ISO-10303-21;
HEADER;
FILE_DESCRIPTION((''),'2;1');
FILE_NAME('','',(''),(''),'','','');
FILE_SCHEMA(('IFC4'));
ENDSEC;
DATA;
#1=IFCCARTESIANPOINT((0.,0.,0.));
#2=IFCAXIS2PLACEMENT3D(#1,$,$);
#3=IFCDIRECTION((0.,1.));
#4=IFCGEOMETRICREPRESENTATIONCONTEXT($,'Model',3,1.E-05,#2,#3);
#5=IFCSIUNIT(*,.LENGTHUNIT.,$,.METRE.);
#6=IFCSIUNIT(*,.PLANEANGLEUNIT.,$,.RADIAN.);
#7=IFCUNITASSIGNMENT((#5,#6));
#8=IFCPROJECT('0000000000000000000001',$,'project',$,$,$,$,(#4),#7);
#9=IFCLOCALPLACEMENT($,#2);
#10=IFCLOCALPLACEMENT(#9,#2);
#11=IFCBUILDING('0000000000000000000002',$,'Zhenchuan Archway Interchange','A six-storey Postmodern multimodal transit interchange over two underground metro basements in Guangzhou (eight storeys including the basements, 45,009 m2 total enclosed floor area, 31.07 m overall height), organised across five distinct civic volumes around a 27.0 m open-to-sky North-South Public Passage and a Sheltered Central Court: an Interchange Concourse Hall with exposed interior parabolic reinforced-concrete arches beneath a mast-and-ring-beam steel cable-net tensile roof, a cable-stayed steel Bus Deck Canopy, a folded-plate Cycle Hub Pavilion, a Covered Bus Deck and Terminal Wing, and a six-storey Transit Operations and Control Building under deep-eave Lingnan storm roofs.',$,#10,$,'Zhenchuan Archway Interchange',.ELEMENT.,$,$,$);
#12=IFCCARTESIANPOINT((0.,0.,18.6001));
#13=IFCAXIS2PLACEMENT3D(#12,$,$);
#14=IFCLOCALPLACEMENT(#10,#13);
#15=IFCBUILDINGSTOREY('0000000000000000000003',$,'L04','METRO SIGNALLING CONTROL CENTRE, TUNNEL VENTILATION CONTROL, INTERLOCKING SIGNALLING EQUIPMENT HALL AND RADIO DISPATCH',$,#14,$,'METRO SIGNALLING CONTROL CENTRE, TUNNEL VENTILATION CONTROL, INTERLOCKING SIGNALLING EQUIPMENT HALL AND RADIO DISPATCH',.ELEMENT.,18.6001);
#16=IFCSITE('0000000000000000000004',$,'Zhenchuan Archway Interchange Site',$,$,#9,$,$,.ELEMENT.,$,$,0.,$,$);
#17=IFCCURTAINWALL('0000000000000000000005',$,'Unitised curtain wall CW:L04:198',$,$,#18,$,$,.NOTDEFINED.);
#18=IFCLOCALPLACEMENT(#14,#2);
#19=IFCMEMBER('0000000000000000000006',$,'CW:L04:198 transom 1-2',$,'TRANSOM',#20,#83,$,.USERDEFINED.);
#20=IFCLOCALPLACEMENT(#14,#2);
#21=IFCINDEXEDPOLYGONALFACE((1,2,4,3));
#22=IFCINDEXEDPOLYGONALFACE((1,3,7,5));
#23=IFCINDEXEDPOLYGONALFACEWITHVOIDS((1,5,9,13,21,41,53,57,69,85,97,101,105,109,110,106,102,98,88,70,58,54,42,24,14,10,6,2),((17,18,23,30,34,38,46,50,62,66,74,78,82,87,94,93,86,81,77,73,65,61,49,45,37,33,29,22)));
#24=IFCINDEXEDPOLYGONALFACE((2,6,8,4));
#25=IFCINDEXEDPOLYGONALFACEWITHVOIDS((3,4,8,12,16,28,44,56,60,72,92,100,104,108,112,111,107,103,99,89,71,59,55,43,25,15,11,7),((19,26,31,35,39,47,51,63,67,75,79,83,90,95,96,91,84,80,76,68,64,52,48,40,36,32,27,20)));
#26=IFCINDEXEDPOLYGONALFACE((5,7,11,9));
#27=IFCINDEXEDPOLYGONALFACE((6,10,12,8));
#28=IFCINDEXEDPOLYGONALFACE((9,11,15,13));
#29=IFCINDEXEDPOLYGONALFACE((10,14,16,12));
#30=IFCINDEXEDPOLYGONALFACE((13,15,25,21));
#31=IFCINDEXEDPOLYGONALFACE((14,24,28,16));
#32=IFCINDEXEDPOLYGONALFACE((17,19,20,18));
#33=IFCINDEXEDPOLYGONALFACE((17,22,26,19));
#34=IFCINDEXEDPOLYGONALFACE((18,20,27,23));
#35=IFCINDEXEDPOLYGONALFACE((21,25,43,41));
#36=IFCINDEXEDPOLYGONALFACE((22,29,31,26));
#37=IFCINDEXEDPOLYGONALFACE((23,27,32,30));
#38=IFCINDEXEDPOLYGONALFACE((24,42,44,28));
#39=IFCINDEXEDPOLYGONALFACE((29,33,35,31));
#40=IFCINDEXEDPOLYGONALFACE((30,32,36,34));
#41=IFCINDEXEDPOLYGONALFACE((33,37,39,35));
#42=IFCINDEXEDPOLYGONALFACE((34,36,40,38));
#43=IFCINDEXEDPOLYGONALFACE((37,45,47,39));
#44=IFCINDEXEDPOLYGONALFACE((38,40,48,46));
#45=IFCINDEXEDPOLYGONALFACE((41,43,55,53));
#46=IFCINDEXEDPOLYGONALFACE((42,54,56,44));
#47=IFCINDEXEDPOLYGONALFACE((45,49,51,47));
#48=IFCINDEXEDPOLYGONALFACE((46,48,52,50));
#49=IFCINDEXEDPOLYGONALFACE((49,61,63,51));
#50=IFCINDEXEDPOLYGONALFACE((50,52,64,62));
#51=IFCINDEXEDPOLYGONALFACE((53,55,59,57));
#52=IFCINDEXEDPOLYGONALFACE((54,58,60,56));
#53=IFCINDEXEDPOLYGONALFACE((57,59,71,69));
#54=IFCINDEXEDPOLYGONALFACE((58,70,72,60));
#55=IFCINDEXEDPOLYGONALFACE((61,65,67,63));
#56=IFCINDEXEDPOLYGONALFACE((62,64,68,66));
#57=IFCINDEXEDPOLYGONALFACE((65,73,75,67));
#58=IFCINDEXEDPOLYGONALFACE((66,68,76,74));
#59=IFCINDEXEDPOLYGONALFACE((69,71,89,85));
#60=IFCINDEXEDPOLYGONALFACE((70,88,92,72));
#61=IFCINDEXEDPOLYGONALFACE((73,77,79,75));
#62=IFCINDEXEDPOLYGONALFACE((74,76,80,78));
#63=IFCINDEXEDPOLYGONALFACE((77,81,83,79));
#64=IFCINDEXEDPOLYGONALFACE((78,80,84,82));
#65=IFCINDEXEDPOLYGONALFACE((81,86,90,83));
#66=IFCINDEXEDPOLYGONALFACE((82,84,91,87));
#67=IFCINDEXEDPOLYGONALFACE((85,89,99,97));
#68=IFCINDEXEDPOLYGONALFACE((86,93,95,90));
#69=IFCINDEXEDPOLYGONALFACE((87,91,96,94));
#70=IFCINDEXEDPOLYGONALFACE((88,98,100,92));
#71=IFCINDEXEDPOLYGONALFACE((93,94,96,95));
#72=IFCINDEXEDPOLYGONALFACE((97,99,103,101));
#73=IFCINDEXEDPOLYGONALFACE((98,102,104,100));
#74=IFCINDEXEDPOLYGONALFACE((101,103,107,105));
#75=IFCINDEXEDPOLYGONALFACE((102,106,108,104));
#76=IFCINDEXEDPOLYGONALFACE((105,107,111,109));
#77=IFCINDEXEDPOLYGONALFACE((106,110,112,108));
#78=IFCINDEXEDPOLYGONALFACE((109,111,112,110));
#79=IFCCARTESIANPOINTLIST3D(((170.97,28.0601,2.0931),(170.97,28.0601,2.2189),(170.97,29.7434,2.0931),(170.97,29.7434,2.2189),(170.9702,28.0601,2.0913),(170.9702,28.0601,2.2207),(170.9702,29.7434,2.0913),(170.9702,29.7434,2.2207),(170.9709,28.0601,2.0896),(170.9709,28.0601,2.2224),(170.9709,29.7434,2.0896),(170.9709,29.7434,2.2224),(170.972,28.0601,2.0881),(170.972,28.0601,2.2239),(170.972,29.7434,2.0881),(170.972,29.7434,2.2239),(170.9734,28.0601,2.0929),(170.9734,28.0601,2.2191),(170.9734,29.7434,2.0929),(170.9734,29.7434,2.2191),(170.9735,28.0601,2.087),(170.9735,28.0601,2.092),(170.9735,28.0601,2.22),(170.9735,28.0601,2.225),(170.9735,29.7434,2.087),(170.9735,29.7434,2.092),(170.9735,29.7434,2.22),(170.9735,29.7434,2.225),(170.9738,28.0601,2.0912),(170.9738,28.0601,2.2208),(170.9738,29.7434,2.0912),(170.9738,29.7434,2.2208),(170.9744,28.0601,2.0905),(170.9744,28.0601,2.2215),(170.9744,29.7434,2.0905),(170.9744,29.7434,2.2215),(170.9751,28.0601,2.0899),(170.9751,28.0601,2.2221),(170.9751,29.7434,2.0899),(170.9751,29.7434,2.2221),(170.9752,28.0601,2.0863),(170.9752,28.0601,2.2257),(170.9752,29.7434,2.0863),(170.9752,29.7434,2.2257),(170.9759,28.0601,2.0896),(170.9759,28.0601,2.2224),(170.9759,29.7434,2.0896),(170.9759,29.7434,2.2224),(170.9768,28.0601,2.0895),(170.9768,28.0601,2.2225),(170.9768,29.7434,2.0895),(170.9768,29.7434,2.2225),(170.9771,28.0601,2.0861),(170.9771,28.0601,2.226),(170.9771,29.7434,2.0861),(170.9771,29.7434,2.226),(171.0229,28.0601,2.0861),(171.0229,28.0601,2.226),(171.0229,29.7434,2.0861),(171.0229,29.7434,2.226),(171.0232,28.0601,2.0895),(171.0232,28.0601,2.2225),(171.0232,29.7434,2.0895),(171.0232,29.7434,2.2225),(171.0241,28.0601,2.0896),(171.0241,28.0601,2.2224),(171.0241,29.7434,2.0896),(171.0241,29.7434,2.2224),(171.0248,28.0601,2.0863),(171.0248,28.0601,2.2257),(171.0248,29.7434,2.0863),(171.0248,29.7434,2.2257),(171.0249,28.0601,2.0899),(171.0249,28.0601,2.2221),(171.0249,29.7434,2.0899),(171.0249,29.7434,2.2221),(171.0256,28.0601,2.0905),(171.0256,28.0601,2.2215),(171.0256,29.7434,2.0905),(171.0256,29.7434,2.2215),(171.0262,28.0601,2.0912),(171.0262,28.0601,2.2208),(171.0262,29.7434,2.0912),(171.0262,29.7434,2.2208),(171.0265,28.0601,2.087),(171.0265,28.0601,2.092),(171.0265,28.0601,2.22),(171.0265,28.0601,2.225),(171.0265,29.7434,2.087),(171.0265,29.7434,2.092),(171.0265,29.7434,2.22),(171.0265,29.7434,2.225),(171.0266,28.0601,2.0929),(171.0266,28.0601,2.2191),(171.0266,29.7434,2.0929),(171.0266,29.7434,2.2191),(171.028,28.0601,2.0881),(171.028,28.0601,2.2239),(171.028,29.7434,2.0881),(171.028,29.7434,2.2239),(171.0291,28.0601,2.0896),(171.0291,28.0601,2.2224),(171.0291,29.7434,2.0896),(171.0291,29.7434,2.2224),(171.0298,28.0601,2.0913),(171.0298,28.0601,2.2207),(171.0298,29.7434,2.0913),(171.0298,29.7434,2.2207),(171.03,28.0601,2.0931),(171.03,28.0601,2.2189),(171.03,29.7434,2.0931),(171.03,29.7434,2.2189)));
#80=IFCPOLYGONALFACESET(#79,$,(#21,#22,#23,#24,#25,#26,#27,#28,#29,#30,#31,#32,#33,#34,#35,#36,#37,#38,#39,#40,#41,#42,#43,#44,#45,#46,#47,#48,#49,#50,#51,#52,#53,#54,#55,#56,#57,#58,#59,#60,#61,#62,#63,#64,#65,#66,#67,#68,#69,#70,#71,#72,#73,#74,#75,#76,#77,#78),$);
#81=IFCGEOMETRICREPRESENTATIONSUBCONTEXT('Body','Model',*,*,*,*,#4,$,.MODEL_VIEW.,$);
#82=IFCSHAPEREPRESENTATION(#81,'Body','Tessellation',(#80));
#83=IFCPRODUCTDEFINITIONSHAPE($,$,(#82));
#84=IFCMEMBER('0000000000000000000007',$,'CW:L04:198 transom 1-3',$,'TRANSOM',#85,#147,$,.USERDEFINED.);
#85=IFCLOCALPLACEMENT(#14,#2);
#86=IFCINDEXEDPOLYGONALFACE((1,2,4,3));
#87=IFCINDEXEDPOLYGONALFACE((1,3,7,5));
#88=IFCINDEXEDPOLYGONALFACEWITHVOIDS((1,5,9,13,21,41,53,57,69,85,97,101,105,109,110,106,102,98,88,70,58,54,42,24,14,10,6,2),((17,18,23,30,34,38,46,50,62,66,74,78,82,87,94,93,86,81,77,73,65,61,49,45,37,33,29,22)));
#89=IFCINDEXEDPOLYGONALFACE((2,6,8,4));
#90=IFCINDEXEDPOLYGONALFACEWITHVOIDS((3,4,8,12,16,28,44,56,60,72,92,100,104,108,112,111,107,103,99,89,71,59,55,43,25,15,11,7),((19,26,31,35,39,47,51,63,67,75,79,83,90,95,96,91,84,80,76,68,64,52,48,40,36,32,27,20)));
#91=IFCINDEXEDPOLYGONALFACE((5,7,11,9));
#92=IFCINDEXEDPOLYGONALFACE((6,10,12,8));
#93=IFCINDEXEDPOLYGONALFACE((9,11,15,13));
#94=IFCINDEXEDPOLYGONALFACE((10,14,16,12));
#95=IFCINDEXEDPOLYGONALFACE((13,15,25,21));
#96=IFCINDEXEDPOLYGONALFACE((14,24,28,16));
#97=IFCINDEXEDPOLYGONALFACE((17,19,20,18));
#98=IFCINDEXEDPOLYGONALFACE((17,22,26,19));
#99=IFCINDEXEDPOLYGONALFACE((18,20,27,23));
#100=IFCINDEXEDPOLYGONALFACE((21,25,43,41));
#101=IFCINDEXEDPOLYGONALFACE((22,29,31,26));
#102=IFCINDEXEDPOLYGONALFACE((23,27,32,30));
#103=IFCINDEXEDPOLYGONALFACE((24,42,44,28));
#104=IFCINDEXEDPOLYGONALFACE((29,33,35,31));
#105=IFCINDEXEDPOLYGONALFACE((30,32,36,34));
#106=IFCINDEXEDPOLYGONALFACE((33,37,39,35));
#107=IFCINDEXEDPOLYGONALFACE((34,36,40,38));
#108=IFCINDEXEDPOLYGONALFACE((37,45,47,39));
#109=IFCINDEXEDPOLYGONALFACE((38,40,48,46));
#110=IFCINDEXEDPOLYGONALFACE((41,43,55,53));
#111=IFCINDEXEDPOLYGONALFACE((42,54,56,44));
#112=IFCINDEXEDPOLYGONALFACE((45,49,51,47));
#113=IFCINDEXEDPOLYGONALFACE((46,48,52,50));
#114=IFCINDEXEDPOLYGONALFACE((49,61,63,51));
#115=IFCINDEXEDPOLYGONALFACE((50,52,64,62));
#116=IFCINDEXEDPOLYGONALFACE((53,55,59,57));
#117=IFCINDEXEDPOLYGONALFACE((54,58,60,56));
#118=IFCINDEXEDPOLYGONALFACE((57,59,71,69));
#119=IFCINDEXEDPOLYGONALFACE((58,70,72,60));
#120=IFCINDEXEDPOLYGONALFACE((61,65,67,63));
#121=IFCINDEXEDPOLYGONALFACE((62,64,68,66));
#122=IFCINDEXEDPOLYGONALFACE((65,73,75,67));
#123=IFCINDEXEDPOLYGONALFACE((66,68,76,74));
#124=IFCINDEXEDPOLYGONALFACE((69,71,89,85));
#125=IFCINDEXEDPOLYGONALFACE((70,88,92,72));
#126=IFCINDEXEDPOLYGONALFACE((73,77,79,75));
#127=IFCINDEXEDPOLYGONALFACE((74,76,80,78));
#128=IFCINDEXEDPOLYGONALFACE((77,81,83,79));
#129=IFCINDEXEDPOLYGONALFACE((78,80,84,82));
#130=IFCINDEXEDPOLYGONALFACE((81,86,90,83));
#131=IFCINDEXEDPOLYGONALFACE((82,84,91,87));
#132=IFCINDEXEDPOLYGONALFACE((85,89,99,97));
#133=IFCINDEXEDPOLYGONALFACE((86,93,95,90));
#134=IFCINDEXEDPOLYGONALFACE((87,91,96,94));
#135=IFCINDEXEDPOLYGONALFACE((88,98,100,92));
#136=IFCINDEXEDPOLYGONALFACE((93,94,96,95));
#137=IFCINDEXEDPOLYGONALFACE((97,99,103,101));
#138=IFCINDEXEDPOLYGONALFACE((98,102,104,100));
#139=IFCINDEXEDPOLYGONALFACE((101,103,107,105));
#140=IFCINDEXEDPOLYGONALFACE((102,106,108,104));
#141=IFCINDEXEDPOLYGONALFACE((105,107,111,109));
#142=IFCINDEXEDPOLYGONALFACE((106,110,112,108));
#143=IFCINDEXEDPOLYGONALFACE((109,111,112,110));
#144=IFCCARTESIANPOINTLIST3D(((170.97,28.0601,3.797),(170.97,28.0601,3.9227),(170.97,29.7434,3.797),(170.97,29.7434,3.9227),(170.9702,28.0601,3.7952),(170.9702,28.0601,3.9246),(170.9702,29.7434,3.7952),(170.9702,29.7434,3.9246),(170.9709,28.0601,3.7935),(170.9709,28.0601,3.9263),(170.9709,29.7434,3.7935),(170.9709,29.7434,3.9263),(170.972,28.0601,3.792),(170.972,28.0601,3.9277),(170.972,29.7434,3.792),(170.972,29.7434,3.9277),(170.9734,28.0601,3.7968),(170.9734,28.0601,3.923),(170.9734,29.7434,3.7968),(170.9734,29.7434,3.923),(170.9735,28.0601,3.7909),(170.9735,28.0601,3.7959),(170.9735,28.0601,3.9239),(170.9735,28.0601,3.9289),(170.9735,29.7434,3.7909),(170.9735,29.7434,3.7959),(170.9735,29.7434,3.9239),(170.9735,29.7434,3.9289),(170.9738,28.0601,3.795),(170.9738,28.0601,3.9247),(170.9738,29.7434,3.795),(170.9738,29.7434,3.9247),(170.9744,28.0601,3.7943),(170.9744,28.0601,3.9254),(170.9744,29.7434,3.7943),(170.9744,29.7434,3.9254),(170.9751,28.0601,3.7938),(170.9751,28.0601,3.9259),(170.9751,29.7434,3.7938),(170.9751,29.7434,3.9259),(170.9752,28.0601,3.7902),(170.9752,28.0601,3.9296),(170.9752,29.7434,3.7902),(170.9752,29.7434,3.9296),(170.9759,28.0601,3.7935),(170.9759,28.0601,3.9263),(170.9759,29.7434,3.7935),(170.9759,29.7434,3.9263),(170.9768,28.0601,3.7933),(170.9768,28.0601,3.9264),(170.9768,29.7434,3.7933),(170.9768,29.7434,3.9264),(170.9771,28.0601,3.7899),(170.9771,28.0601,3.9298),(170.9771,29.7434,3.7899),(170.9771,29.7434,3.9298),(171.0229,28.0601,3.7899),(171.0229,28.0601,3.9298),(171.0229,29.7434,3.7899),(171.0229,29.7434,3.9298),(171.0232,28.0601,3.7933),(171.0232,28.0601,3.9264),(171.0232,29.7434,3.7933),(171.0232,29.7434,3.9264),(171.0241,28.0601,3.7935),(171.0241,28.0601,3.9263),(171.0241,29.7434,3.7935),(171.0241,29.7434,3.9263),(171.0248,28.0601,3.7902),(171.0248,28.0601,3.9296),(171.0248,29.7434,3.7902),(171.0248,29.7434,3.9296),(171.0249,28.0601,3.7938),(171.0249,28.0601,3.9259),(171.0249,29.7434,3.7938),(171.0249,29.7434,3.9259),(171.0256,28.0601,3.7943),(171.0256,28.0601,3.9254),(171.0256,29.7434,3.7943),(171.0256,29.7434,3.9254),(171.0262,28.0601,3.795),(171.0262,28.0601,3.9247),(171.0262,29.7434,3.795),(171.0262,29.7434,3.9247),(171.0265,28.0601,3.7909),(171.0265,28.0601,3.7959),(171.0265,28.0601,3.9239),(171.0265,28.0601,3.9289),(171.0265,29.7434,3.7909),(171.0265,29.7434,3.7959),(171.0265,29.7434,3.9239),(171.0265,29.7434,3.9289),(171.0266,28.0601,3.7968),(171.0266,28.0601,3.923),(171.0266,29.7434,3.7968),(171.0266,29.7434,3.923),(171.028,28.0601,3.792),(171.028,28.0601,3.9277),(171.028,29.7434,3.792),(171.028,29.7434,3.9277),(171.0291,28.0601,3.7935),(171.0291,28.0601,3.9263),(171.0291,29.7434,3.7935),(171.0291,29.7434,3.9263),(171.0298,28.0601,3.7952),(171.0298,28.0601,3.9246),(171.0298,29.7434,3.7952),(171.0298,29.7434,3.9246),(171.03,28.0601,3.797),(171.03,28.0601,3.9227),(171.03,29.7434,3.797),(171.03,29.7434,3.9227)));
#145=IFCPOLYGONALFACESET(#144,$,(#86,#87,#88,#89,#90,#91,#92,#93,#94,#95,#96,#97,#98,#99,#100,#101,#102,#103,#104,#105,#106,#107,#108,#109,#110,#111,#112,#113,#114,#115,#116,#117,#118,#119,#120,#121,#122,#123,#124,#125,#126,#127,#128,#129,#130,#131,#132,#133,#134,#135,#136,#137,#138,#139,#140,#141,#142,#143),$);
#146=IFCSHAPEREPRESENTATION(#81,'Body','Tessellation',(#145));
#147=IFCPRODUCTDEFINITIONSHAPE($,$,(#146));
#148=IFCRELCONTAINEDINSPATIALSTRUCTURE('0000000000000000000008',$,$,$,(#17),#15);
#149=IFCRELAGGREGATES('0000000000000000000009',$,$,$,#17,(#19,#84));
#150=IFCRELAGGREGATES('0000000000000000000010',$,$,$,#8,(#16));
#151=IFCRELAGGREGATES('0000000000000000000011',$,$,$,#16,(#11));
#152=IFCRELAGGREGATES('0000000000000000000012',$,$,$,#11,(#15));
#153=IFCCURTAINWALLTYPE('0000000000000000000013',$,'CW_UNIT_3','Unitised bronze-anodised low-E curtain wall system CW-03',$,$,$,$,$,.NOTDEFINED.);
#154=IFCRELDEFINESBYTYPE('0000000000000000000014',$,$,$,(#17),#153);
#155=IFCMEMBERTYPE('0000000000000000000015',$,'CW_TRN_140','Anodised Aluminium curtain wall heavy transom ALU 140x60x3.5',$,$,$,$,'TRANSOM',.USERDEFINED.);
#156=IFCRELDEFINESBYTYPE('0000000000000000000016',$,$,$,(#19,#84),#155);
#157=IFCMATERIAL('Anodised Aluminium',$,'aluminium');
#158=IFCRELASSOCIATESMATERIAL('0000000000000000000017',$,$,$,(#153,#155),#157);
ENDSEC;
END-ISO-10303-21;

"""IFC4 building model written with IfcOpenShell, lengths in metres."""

from ifc_helpers import new_model, si_unit, direction, frame, origin, origin_2d, place, context, subcontext, project, spatial, hollow_rectangle, extrude, material, material_profile, profile_set, type_object, element, aggregate, save


model = new_model("IFC4")

# Units and contexts
model_context = context("Model", 3, precision=1e-05, world=origin(), true_north=direction((0.0, 1.0)))
body_context = subcontext(model_context, "Body", "Model", "MODEL_VIEW")
ifc_project = project(units=[si_unit("LENGTHUNIT", "METRE"), si_unit("PLANEANGLEUNIT", "RADIAN")], contexts=[model_context])

# Site, building, storey
site_placement = place(None, origin())
site = spatial("IfcSite", under=ifc_project, at=site_placement, Name="Zhenchuan Archway Interchange Site", CompositionType="ELEMENT", RefElevation=0.0)
building_placement = place(site_placement, origin())
building = spatial("IfcBuilding", under=site, at=building_placement, Name="Zhenchuan Archway Interchange", Description="A six-storey Postmodern multimodal transit interchange over two underground metro basements in Guangzhou (eight storeys including the basements, 45,009 m2 total enclosed floor area, 31.07 m overall height), organised across five distinct civic volumes around a 27.0 m open-to-sky North-South Public Passage and a Sheltered Central Court: an Interchange Concourse Hall with exposed interior parabolic reinforced-concrete arches beneath a mast-and-ring-beam steel cable-net tensile roof, a cable-stayed steel Bus Deck Canopy, a folded-plate Cycle Hub Pavilion, a Covered Bus Deck and Terminal Wing, and a six-storey Transit Operations and Control Building under deep-eave Lingnan storm roofs.", LongName="Zhenchuan Archway Interchange", CompositionType="ELEMENT")
storey_placement = place(building_placement, frame((0.0, 0.0, 18.6001)))
storey = spatial("IfcBuildingStorey", under=building, at=storey_placement, Name="L04", Description="METRO SIGNALLING CONTROL CENTRE, TUNNEL VENTILATION CONTROL, INTERLOCKING SIGNALLING EQUIPMENT HALL AND RADIO DISPATCH", LongName="METRO SIGNALLING CONTROL CENTRE, TUNNEL VENTILATION CONTROL, INTERLOCKING SIGNALLING EQUIPMENT HALL AND RADIO DISPATCH", CompositionType="ELEMENT", Elevation=18.6001)

# Curtain wall, members
ifc_material_1 = material(Name="Anodised Aluminium", Category="aluminium")
curtain_wall_type = type_object("IfcCurtainWallType", Name="CW_UNIT_3", Description="Unitised bronze-anodised low-E curtain wall system CW-03", PredefinedType="NOTDEFINED", material=ifc_material_1)
curtain_wall_placement = place(storey_placement, origin())
curtain_wall = element("IfcCurtainWall", 1, at=curtain_wall_placement, inside=storey, type_object=curtain_wall_type, Name="Unitised curtain wall CW:L04:198", PredefinedType="NOTDEFINED")
ifc_material_profile_1 = material_profile(ifc_material_1, hollow_rectangle(XDim=0.0601, YDim=0.1399, WallThickness=0.0034, InnerFilletRadius=0.0034, OuterFilletRadius=0.0071, at=origin_2d()), Name="ALU 140x60x3.5")
ifc_profile_set_1 = profile_set([ifc_material_profile_1], Name="Anodised Aluminium")
member_type_1 = type_object("IfcMemberType", Name="CW_TRN_140", Description="Anodised Aluminium curtain wall heavy transom ALU 140x60x3.5", ElementType="TRANSOM", PredefinedType="USERDEFINED", material=ifc_profile_set_1)
member_1_placement = place(storey_placement, frame((171.0, 29.7434, 2.156), z_axis=(0.0, -1.0, 0.0), x_axis=(1.0, 0.0, 0.0)))
member_1 = element("IfcMember", 2, at=member_1_placement, type_object=member_type_1, Name="CW:L04:198 transom 1-2", ObjectType="TRANSOM", PredefinedType="USERDEFINED", context=body_context, shape_type="SweptSolid", body=[
    extrude(hollow_rectangle(XDim=0.0601, YDim=0.1399, WallThickness=0.0034, InnerFilletRadius=0.0034, OuterFilletRadius=0.0071, at=origin_2d()), origin(), (0.0, 0.0, 1.0), 1.6833),
])
member_2_placement = place(storey_placement, frame((171.0, 29.7434, 3.8599), z_axis=(0.0, -1.0, 0.0), x_axis=(1.0, 0.0, 0.0)))
member_2 = element("IfcMember", 3, at=member_2_placement, type_object=member_type_1, Name="CW:L04:198 transom 1-3", ObjectType="TRANSOM", PredefinedType="USERDEFINED", context=body_context, shape_type="SweptSolid", body=[
    extrude(hollow_rectangle(XDim=0.0601, YDim=0.1399, WallThickness=0.0034, InnerFilletRadius=0.0034, OuterFilletRadius=0.0071, at=origin_2d()), origin(), (0.0, 0.0, 1.0), 1.6833),
])

aggregate(curtain_wall, [member_1, member_2])

save(model, "model.ifc")
